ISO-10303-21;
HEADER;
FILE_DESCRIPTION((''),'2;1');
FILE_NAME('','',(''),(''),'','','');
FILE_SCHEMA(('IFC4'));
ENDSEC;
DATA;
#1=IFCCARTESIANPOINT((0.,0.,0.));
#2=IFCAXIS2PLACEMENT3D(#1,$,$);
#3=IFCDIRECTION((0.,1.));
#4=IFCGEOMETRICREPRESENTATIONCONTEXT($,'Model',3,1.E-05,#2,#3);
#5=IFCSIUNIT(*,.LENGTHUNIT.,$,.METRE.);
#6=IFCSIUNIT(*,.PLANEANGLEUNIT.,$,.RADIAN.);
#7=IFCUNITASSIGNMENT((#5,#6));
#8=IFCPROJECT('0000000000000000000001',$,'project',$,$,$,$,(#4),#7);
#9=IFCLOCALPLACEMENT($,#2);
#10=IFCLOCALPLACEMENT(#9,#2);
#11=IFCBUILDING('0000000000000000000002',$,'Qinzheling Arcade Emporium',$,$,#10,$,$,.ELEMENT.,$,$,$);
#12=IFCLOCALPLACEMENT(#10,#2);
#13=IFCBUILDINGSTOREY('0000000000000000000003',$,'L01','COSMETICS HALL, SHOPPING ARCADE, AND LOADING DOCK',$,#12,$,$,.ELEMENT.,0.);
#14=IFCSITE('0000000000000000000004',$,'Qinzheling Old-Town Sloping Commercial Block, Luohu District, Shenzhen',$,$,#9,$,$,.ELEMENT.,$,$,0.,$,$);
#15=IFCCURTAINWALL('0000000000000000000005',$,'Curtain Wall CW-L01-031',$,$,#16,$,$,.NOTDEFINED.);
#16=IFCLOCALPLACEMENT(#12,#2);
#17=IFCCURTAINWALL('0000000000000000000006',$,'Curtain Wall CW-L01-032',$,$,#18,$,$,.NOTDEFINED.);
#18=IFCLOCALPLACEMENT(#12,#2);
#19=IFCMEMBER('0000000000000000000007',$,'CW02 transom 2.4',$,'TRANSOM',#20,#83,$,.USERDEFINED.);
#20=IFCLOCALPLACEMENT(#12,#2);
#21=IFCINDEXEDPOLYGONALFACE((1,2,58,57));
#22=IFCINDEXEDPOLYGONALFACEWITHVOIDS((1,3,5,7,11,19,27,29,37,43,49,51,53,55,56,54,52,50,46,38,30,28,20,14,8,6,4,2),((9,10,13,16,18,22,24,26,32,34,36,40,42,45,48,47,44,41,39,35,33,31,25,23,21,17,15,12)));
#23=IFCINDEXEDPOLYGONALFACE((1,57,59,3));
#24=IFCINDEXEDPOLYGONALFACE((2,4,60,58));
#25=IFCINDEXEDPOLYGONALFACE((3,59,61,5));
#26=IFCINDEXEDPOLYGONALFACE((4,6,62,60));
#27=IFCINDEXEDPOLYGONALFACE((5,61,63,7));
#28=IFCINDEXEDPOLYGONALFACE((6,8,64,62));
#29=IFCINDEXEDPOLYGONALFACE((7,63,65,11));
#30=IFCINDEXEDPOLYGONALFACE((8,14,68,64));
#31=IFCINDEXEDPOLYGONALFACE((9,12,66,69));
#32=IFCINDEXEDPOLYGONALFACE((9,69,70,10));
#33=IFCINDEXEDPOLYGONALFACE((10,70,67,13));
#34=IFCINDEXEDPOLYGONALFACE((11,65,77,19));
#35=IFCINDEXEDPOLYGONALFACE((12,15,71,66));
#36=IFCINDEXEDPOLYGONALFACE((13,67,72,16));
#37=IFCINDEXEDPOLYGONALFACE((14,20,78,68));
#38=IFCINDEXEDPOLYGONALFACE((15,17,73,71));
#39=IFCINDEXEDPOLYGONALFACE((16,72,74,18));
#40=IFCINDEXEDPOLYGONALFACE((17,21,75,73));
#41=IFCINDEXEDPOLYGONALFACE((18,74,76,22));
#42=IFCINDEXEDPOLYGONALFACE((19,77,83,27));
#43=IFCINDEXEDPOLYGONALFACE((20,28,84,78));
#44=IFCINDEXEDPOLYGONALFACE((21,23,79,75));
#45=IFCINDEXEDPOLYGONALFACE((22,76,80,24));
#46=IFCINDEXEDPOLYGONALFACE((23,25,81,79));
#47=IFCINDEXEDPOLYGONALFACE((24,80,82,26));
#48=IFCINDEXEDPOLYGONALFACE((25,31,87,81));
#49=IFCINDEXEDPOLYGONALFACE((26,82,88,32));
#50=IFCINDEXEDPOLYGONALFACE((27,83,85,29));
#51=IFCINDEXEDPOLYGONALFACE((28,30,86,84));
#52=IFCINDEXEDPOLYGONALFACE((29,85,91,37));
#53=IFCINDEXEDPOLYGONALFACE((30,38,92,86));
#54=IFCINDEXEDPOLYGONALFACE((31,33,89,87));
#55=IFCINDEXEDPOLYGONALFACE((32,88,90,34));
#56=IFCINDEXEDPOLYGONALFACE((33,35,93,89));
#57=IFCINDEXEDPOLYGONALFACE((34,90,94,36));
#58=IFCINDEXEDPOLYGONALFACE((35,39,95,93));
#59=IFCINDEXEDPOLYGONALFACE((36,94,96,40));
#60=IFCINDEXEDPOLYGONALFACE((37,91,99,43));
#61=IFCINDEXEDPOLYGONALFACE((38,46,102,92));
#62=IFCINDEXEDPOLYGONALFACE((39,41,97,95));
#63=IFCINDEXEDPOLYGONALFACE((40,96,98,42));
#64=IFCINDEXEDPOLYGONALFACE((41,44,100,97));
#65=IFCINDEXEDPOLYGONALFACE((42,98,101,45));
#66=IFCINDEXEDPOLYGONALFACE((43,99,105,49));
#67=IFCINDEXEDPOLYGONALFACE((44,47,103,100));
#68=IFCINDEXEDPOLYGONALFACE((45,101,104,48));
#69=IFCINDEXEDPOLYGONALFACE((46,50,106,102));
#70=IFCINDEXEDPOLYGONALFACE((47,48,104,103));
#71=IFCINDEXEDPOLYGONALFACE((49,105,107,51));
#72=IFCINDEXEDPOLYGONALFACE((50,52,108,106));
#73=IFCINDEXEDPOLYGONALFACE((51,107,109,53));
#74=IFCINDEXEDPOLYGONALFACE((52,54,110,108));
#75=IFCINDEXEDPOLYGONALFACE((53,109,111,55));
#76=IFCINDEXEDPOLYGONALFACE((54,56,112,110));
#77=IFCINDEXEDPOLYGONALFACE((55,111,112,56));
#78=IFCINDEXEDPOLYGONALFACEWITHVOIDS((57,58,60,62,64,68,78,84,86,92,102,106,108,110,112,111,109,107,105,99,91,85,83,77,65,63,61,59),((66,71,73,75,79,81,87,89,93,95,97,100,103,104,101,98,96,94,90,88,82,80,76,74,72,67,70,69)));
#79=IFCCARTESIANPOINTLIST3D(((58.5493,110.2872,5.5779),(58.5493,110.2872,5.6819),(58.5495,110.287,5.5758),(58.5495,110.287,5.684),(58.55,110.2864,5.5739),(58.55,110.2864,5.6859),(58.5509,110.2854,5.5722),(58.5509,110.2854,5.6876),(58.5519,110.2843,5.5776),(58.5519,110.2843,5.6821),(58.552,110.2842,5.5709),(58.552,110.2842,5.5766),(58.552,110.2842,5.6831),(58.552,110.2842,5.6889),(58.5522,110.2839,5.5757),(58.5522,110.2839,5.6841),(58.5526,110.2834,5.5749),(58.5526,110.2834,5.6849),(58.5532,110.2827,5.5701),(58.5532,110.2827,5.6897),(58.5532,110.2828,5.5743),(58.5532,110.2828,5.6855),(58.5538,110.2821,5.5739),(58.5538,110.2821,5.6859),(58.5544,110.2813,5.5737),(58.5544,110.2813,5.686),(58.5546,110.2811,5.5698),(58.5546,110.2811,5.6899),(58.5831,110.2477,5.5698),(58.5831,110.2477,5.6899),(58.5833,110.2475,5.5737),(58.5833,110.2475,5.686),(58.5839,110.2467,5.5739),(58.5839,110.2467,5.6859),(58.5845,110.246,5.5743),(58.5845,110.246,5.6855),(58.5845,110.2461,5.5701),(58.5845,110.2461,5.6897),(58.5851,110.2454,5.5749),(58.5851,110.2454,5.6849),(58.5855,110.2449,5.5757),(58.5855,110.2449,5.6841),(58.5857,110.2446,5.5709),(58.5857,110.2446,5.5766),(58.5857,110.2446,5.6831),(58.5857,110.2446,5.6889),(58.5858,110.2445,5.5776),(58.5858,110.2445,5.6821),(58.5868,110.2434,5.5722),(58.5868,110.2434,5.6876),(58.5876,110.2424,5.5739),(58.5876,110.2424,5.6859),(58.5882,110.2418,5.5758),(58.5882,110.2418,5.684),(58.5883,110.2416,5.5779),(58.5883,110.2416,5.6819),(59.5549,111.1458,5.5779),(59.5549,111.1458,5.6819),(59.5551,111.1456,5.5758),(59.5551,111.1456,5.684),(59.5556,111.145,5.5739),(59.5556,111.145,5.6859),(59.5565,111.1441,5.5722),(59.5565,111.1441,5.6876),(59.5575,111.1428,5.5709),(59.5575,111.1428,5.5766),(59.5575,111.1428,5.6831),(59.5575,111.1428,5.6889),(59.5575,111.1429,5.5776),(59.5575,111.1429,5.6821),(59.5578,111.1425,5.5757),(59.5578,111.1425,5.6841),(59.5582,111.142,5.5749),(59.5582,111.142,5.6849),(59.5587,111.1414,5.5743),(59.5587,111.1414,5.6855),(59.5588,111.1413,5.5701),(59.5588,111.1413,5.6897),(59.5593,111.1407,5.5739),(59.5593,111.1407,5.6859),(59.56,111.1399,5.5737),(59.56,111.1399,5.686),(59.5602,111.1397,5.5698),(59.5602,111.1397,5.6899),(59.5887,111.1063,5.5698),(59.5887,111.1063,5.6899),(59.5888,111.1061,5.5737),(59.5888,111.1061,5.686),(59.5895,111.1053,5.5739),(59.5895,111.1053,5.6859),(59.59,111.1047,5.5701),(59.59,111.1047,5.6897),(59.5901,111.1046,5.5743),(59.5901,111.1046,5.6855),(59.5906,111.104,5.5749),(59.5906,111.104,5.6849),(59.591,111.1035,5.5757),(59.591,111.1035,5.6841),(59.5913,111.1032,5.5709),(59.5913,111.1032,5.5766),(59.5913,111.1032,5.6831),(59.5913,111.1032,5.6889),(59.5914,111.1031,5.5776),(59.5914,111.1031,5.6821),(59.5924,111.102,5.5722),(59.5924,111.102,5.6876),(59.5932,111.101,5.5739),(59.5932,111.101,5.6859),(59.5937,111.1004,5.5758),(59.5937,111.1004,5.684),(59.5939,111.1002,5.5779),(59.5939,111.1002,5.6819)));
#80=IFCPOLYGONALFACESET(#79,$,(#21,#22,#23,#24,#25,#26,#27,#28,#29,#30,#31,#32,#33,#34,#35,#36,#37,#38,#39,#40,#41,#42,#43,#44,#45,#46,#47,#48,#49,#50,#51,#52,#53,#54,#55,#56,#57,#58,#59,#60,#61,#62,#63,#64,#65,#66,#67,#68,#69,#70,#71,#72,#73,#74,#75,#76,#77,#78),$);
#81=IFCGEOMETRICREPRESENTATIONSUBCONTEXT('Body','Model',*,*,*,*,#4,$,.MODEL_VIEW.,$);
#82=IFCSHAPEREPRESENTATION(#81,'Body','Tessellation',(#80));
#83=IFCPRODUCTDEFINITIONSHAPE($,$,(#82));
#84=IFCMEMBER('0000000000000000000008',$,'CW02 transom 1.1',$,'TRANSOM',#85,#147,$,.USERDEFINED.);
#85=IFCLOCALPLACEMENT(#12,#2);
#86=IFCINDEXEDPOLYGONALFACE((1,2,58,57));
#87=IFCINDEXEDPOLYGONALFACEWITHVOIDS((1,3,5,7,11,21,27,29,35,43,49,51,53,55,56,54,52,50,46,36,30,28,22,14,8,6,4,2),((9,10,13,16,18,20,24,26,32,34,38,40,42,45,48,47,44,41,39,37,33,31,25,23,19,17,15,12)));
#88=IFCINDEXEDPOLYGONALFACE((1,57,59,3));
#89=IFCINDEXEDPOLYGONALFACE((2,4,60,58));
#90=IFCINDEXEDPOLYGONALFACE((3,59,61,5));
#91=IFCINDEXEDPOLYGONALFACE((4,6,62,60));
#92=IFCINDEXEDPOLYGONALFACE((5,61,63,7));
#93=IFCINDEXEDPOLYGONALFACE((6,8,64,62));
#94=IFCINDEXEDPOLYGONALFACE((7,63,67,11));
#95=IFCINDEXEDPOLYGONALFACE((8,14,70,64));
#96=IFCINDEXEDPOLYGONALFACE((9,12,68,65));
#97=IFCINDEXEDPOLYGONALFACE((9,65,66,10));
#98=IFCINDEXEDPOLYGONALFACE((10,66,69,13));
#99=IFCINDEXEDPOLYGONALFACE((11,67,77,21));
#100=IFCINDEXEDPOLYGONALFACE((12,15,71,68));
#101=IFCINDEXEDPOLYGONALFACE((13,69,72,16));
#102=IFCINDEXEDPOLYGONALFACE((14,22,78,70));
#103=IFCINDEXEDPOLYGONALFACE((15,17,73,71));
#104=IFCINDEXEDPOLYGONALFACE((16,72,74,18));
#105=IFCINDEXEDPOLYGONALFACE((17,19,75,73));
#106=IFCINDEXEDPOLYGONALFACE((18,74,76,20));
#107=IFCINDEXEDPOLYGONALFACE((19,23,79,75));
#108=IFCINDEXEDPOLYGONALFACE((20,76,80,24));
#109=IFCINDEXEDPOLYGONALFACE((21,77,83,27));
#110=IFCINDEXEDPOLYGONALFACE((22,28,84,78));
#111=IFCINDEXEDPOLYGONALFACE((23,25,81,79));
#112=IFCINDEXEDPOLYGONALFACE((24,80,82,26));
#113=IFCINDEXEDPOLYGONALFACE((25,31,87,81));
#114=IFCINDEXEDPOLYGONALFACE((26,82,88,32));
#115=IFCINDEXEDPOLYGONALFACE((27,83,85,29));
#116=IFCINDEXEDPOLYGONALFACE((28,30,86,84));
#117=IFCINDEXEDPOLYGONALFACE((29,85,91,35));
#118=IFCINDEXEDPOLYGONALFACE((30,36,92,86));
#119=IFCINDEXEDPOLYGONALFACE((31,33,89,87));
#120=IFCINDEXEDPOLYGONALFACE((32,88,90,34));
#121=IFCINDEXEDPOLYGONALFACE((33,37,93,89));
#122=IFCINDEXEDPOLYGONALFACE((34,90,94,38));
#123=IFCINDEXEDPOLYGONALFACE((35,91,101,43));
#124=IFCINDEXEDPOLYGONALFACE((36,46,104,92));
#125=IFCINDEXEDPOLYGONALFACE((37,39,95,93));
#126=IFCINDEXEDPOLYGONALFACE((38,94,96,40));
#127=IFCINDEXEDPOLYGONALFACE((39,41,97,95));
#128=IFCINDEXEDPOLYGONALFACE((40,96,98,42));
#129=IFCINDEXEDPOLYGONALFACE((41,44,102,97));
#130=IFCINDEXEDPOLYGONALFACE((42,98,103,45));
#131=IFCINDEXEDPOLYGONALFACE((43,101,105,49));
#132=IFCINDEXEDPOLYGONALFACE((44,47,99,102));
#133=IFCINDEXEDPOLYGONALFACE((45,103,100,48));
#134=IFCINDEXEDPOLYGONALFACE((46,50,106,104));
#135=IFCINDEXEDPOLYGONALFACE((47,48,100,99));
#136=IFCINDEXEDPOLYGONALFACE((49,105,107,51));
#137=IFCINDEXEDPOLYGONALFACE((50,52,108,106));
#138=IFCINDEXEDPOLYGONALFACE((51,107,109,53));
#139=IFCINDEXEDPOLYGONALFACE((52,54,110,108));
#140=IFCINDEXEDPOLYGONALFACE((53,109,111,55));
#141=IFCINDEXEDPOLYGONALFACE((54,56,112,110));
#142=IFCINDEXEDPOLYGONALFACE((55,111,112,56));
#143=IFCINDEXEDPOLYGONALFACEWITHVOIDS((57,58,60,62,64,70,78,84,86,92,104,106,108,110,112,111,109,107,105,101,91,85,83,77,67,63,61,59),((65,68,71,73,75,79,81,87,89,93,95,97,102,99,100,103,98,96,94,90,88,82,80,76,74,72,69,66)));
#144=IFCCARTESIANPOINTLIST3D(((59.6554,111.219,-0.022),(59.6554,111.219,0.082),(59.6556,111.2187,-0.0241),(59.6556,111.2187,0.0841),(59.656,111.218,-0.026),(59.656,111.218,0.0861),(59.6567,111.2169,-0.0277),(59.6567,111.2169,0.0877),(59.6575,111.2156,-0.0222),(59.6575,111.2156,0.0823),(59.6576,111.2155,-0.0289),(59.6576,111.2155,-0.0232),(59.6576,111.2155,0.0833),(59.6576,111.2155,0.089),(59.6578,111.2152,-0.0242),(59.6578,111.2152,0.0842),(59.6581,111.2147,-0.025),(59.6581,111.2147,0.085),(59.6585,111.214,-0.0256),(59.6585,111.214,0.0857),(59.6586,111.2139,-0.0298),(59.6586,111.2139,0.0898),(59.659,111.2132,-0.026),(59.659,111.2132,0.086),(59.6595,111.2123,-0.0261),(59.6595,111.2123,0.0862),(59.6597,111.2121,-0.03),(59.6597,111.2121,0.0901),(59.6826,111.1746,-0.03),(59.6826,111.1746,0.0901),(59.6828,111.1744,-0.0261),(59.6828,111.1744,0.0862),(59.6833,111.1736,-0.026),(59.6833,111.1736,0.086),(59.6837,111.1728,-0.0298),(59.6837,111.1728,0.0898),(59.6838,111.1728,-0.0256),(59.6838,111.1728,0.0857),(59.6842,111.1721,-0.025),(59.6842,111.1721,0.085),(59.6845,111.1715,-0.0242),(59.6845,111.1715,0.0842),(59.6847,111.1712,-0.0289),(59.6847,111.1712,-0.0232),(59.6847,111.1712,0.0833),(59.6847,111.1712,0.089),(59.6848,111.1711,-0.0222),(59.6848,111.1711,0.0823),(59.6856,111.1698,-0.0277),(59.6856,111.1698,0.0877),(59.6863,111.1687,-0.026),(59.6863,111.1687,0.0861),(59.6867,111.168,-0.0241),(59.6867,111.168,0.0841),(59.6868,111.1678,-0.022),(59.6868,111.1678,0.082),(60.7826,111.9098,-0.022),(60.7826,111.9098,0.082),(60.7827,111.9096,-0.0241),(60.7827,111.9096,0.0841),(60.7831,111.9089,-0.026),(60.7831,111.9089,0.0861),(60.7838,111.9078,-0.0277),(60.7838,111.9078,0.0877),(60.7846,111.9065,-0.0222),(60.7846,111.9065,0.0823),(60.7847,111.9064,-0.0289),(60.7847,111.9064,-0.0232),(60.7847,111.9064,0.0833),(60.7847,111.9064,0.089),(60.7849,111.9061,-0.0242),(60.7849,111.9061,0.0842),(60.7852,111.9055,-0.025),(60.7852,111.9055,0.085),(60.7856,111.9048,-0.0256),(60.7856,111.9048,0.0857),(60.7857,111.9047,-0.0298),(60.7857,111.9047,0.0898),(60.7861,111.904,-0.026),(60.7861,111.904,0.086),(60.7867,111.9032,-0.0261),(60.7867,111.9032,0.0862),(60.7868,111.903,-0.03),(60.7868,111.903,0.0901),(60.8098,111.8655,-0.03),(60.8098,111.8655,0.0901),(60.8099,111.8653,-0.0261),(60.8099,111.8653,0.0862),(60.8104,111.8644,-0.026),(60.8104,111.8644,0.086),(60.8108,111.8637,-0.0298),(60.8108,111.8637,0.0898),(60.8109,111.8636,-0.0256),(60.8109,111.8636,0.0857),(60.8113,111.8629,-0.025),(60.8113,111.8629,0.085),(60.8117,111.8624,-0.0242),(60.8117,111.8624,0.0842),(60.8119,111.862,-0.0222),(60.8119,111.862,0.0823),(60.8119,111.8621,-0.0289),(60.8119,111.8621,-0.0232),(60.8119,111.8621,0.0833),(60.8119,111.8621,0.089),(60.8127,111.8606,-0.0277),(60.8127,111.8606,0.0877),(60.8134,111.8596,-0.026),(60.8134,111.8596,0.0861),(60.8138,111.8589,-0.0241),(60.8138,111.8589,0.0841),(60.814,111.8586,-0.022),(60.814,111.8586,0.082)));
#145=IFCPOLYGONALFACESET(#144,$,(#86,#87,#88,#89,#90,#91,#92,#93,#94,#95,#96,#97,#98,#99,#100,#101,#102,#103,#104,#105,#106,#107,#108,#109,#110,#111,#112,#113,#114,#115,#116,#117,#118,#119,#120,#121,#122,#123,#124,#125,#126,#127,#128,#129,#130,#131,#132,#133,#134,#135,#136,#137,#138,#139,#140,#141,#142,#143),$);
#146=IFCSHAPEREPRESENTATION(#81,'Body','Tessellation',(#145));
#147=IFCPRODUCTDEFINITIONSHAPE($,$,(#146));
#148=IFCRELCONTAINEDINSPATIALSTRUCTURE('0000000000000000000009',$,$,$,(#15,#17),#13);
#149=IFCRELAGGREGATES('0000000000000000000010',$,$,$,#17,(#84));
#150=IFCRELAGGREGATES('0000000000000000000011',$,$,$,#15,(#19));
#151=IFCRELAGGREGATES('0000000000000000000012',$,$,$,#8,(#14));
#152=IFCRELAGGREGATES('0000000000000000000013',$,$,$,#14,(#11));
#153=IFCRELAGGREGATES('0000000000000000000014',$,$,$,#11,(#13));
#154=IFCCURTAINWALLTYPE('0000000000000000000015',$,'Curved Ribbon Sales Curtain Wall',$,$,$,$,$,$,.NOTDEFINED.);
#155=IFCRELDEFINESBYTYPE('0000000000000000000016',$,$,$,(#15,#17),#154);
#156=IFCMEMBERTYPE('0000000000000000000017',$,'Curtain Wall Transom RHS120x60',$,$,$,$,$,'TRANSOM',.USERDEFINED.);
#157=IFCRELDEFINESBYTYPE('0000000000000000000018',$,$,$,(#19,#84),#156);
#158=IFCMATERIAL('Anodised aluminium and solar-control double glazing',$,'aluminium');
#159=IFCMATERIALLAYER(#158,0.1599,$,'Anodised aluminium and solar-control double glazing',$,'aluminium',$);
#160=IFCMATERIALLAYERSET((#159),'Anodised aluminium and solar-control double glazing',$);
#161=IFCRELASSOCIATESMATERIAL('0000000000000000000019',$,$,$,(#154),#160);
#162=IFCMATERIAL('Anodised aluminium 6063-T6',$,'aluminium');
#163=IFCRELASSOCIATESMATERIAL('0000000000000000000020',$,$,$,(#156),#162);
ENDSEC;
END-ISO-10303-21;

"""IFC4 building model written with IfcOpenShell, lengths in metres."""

from ifc_helpers import new_model, si_unit, direction, frame, origin, origin_2d, place, context, subcontext, project, spatial, hollow_rectangle, extrude, material, layer, layer_set, material_profile, profile_set, type_object, element, aggregate, save


model = new_model("IFC4")

# Units and contexts
model_context = context("Model", 3, precision=1e-05, world=origin(), true_north=direction((0.0, 1.0)))
body_context = subcontext(model_context, "Body", "Model", "MODEL_VIEW")
ifc_project = project(units=[si_unit("LENGTHUNIT", "METRE"), si_unit("PLANEANGLEUNIT", "RADIAN")], contexts=[model_context])

# Site, building, storey
site_placement = place(None, origin())
site = spatial("IfcSite", under=ifc_project, at=site_placement, Name="Qinzheling Old-Town Sloping Commercial Block, Luohu District, Shenzhen", CompositionType="ELEMENT", RefElevation=0.0)
building_placement = place(site_placement, origin())
building = spatial("IfcBuilding", under=site, at=building_placement, Name="Qinzheling Arcade Emporium", CompositionType="ELEMENT")
storey_placement = place(building_placement, origin())
storey = spatial("IfcBuildingStorey", under=building, at=storey_placement, Name="L01", Description="COSMETICS HALL, SHOPPING ARCADE, AND LOADING DOCK", CompositionType="ELEMENT", Elevation=0.0)

# Curtain wall
ifc_material_1 = material(Name="Anodised aluminium and solar-control double glazing", Category="aluminium")
ifc_layer_1 = layer(ifc_material_1, 0.1599, Name="Anodised aluminium and solar-control double glazing", Category="aluminium")
ifc_layer_set_1 = layer_set([ifc_layer_1], Name="Anodised aluminium and solar-control double glazing")
curtain_wall_type = type_object("IfcCurtainWallType", Name="Curved Ribbon Sales Curtain Wall", PredefinedType="NOTDEFINED", material=ifc_layer_set_1)
curtain_wall_1_placement = place(storey_placement, origin())
curtain_wall_1 = element("IfcCurtainWall", 1, at=curtain_wall_1_placement, inside=storey, type_object=curtain_wall_type, Name="Curtain Wall CW-L01-031", PredefinedType="NOTDEFINED")
ifc_material_2 = material(Name="Anodised aluminium 6063-T6", Category="aluminium")

# Curtain wall
curtain_wall_2_placement = place(storey_placement, origin())
curtain_wall_2 = element("IfcCurtainWall", 2, at=curtain_wall_2_placement, inside=storey, type_object=curtain_wall_type, Name="Curtain Wall CW-L01-032", PredefinedType="NOTDEFINED")

# Members
ifc_material_profile_1 = material_profile(ifc_material_2, hollow_rectangle(XDim=0.0601, YDim=0.1201, WallThickness=0.0039, InnerFilletRadius=0.0039, OuterFilletRadius=0.0081, at=origin_2d()), Name="RHS 120x60x4", Category="aluminium")
ifc_profile_set_1 = profile_set([ifc_material_profile_1], Name="Anodised aluminium 6063-T6")
member_type_1 = type_object("IfcMemberType", Name="Curtain Wall Transom RHS120x60", ElementType="TRANSOM", PredefinedType="USERDEFINED", material=ifc_profile_set_1)
member_1_placement = place(storey_placement, frame((58.5688, 110.2644, 5.6299), z_axis=(0.760493, 0.649346, 0.0), x_axis=(-0.649346, 0.760493, 0.0)))
member_1 = element("IfcMember", 3, at=member_1_placement, type_object=member_type_1, Name="CW02 transom 2.4", ObjectType="TRANSOM", PredefinedType="USERDEFINED", context=body_context, shape_type="SweptSolid", body=[
    extrude(hollow_rectangle(XDim=0.0601, YDim=0.1201, WallThickness=0.0039, InnerFilletRadius=0.0039, OuterFilletRadius=0.0081, at=origin_2d()), origin(), (0.0, 0.0, 1.0), 1.3223),
])
member_2_placement = place(storey_placement, frame((59.6711, 111.1934, 0.03), z_axis=(0.852583, 0.522592, 0.0), x_axis=(-0.522592, 0.852583, 0.0)))
member_2 = element("IfcMember", 4, at=member_2_placement, type_object=member_type_1, Name="CW02 transom 1.1", ObjectType="TRANSOM", PredefinedType="USERDEFINED", context=body_context, shape_type="SweptSolid", body=[
    extrude(hollow_rectangle(XDim=0.0601, YDim=0.1201, WallThickness=0.0039, InnerFilletRadius=0.0039, OuterFilletRadius=0.0081, at=origin_2d()), origin(), (0.0, 0.0, 1.0), 1.322),
])

aggregate(curtain_wall_2, [member_2])
aggregate(curtain_wall_1, [member_1])

save(model, "model.ifc")
